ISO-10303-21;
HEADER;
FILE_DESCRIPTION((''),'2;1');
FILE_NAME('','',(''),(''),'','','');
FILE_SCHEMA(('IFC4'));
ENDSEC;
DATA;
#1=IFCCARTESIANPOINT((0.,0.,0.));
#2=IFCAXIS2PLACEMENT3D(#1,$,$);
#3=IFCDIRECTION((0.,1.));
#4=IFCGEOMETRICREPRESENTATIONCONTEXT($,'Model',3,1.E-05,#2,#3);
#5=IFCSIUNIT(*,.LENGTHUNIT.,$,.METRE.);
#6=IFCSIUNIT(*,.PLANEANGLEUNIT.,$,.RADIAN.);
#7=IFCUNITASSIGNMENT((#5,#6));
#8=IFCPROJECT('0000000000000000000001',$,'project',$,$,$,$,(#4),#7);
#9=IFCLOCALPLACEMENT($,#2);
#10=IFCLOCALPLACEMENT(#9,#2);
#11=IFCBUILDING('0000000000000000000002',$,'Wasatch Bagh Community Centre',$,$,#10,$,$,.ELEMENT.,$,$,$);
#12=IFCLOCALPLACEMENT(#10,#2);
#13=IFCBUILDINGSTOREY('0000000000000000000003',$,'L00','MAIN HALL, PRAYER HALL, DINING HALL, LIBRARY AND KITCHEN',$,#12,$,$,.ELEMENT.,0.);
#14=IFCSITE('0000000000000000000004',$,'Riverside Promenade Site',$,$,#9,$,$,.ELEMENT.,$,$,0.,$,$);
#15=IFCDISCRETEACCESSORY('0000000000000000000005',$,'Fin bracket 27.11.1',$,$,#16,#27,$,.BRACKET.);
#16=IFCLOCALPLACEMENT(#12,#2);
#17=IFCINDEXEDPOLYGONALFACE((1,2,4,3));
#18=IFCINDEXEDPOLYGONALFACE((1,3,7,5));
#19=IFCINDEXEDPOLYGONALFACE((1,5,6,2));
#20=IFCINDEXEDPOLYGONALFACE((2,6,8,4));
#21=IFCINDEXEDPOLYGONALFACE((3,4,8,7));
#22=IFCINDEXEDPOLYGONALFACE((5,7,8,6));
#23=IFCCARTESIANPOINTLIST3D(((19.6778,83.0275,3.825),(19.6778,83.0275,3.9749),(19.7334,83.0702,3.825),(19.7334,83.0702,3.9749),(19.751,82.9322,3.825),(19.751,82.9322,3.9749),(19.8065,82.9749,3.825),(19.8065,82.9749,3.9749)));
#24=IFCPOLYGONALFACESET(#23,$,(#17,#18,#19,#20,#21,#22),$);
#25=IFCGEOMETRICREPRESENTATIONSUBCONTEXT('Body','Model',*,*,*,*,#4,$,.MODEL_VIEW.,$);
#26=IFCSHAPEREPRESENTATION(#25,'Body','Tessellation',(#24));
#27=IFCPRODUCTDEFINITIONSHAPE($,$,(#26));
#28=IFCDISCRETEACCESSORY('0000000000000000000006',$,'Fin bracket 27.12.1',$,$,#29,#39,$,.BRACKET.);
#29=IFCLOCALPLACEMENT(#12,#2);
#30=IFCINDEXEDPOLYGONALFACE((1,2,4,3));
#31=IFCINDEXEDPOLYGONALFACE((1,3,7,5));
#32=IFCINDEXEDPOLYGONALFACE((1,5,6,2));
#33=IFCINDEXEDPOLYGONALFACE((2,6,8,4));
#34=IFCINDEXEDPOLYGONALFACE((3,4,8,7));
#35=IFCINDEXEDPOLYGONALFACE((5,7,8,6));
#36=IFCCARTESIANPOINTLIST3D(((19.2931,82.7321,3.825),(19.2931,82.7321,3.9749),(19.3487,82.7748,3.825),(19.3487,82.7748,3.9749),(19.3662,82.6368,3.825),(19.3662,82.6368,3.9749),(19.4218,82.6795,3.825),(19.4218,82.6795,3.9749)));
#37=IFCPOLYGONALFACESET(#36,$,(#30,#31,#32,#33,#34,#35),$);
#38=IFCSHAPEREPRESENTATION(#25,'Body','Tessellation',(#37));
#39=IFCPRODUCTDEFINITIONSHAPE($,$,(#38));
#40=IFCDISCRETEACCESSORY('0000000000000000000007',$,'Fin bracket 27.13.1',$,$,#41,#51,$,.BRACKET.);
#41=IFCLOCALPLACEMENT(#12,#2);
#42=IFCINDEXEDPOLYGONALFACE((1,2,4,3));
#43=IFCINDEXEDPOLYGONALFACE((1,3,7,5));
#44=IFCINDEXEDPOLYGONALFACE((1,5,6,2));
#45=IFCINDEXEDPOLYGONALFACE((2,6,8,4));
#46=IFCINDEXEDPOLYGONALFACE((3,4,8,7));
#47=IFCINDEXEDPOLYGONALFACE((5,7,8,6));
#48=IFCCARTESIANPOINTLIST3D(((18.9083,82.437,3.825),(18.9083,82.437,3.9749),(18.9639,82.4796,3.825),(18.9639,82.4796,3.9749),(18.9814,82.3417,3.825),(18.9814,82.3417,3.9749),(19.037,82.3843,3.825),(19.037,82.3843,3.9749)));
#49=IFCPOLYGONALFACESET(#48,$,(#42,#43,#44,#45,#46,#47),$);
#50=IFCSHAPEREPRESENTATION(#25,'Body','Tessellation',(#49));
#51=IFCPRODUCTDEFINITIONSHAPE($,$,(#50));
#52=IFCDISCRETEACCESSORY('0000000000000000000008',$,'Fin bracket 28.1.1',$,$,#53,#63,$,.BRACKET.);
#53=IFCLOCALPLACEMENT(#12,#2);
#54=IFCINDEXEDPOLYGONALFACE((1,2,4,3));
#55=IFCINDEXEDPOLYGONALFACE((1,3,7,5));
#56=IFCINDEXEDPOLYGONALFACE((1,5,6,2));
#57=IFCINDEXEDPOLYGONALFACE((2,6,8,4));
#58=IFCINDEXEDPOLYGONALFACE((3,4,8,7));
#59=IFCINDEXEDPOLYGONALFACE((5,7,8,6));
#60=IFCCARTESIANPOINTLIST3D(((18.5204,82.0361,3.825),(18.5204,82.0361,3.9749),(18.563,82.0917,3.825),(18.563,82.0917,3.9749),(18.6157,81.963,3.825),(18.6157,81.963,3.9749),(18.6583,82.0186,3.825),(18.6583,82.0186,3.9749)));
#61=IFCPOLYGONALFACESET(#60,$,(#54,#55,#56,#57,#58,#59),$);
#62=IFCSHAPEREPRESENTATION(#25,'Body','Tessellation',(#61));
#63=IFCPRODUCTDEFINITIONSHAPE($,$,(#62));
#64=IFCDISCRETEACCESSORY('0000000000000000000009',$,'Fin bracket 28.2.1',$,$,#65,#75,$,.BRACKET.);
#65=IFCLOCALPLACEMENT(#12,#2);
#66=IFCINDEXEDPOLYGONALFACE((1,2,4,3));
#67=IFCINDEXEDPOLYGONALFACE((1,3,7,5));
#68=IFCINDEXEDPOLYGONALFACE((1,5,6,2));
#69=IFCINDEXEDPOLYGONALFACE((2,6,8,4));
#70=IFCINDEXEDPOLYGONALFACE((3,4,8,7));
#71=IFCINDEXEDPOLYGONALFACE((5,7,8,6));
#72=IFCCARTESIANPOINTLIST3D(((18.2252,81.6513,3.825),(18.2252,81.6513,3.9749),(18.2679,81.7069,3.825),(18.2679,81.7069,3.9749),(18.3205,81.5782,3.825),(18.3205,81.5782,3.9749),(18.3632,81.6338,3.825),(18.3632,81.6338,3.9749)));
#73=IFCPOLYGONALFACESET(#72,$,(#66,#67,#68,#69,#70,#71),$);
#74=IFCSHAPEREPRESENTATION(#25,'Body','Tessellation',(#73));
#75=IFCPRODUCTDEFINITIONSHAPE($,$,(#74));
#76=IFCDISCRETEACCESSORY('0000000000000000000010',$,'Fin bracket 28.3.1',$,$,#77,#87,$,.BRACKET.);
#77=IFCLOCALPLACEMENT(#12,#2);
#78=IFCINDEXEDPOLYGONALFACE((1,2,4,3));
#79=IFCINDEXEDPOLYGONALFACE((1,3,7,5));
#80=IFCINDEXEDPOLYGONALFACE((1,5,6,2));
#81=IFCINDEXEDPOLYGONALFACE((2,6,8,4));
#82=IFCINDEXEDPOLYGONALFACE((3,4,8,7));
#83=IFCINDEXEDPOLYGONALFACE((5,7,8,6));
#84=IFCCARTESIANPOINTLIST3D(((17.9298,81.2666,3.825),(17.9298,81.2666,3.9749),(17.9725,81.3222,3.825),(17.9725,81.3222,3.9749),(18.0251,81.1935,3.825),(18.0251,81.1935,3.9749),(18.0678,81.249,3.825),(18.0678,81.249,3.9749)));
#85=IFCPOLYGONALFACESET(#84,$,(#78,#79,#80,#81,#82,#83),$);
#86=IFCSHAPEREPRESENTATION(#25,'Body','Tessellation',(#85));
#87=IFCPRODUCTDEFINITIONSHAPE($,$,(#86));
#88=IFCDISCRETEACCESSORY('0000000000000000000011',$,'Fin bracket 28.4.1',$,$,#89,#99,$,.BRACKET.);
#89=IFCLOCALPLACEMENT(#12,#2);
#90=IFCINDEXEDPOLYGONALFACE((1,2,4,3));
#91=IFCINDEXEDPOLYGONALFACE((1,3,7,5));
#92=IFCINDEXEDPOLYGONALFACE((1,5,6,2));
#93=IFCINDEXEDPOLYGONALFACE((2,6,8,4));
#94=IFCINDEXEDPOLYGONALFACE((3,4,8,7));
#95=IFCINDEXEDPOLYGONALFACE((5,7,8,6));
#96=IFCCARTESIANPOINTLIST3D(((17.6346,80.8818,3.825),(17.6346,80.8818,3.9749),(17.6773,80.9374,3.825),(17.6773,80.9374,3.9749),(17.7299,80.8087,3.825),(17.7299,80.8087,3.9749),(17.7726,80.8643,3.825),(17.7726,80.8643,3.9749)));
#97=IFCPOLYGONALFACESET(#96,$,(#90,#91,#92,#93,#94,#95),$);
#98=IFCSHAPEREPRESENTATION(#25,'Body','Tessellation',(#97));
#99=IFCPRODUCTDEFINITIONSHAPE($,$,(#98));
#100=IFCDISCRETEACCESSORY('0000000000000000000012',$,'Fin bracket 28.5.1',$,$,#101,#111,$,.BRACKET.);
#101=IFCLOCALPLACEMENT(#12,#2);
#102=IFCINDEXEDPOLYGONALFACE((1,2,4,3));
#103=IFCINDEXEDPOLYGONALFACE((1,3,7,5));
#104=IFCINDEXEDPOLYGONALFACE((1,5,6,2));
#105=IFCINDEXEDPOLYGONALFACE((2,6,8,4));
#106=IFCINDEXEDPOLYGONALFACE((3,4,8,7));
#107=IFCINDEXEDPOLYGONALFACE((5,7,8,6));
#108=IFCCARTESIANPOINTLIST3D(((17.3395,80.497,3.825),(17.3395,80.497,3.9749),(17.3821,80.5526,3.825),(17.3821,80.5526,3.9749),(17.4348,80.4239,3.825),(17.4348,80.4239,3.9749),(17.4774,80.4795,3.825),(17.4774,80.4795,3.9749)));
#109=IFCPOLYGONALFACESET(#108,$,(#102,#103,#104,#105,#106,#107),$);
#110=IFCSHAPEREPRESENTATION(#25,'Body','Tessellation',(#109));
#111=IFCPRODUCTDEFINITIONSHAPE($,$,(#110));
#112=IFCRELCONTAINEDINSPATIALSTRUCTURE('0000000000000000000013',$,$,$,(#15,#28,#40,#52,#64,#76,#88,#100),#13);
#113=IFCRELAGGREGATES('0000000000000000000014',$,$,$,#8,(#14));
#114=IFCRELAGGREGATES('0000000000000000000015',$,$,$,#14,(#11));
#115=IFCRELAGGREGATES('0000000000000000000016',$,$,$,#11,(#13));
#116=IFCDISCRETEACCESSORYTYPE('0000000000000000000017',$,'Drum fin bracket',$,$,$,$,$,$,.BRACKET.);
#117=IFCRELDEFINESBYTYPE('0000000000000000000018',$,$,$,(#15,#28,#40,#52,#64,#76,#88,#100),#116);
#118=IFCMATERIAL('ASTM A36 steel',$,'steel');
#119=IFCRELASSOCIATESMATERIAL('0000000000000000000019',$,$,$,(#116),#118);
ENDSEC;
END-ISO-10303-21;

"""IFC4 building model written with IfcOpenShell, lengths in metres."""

from ifc_helpers import new_model, si_unit, direction, frame, origin, origin_2d, place, context, subcontext, project, spatial, rectangle, extrude, material, type_object, element, save


model = new_model("IFC4")

# Units and contexts
model_context = context("Model", 3, precision=1e-05, world=origin(), true_north=direction((0.0, 1.0)))
body_context = subcontext(model_context, "Body", "Model", "MODEL_VIEW")
ifc_project = project(units=[si_unit("LENGTHUNIT", "METRE"), si_unit("PLANEANGLEUNIT", "RADIAN")], contexts=[model_context])

# Site, building, storey
site_placement = place(None, origin())
site = spatial("IfcSite", under=ifc_project, at=site_placement, Name="Riverside Promenade Site", CompositionType="ELEMENT", RefElevation=0.0)
building_placement = place(site_placement, origin())
building = spatial("IfcBuilding", under=site, at=building_placement, Name="Wasatch Bagh Community Centre", CompositionType="ELEMENT")
storey_placement = place(building_placement, origin())
storey = spatial("IfcBuildingStorey", under=building, at=storey_placement, Name="L00", Description="MAIN HALL, PRAYER HALL, DINING HALL, LIBRARY AND KITCHEN", CompositionType="ELEMENT", Elevation=0.0)

# Discrete accessories
ifc_material_1 = material(Name="ASTM A36 steel", Category="steel")
discrete_accessory_type = type_object("IfcDiscreteAccessoryType", Name="Drum fin bracket", PredefinedType="BRACKET", material=ifc_material_1)
for number, where, z_axis, x_axis, name in (
    (1, (19.7422, 83.0012, 3.825), (0.0, 0.0, 1.0), (-0.793353, -0.608761, 0.0), "Fin bracket 27.11.1"),
    (2, (19.3574, 82.7058, 3.825), (0.0, 0.0, 1.0), (-0.793353, -0.608761, 0.0), "Fin bracket 27.12.1"),
    (3, (18.9727, 82.4106, 3.825), (0.0, 0.0, 1.0), (-0.793353, -0.608761, 0.0), "Fin bracket 27.13.1"),
    (4, (18.5894, 82.0273, 3.825), (0.0, 0.0, 1.0), (-0.608761, -0.793353, 0.0), "Fin bracket 28.1.1"),
    (5, (18.2942, 81.6426, 3.825), (0.0, 0.0, 1.0), (-0.608761, -0.793353, 0.0), "Fin bracket 28.2.1"),
    (6, (17.9988, 81.2578, 3.825), (0.0, 0.0, 1.0), (-0.608761, -0.793353, 0.0), "Fin bracket 28.3.1"),
    (7, (17.7036, 80.873, 3.825), (0.0, 0.0, 1.0), (-0.608761, -0.793353, 0.0), "Fin bracket 28.4.1"),
    (8, (17.4084, 80.4883, 3.825), (0.0, 0.0, 1.0), (-0.608761, -0.793353, 0.0), "Fin bracket 28.5.1"),
):
    element("IfcDiscreteAccessory", number, at=place(storey_placement, frame(where, z_axis=z_axis, x_axis=x_axis)), inside=storey, type_object=discrete_accessory_type, Name=name, PredefinedType="BRACKET", context=body_context, shape_type="SweptSolid", body=[
        extrude(rectangle(XDim=0.0701, YDim=0.1201, at=origin_2d()), origin(), (0.0, 0.0, 1.0), 0.1499),
    ])

save(model, "model.ifc")
